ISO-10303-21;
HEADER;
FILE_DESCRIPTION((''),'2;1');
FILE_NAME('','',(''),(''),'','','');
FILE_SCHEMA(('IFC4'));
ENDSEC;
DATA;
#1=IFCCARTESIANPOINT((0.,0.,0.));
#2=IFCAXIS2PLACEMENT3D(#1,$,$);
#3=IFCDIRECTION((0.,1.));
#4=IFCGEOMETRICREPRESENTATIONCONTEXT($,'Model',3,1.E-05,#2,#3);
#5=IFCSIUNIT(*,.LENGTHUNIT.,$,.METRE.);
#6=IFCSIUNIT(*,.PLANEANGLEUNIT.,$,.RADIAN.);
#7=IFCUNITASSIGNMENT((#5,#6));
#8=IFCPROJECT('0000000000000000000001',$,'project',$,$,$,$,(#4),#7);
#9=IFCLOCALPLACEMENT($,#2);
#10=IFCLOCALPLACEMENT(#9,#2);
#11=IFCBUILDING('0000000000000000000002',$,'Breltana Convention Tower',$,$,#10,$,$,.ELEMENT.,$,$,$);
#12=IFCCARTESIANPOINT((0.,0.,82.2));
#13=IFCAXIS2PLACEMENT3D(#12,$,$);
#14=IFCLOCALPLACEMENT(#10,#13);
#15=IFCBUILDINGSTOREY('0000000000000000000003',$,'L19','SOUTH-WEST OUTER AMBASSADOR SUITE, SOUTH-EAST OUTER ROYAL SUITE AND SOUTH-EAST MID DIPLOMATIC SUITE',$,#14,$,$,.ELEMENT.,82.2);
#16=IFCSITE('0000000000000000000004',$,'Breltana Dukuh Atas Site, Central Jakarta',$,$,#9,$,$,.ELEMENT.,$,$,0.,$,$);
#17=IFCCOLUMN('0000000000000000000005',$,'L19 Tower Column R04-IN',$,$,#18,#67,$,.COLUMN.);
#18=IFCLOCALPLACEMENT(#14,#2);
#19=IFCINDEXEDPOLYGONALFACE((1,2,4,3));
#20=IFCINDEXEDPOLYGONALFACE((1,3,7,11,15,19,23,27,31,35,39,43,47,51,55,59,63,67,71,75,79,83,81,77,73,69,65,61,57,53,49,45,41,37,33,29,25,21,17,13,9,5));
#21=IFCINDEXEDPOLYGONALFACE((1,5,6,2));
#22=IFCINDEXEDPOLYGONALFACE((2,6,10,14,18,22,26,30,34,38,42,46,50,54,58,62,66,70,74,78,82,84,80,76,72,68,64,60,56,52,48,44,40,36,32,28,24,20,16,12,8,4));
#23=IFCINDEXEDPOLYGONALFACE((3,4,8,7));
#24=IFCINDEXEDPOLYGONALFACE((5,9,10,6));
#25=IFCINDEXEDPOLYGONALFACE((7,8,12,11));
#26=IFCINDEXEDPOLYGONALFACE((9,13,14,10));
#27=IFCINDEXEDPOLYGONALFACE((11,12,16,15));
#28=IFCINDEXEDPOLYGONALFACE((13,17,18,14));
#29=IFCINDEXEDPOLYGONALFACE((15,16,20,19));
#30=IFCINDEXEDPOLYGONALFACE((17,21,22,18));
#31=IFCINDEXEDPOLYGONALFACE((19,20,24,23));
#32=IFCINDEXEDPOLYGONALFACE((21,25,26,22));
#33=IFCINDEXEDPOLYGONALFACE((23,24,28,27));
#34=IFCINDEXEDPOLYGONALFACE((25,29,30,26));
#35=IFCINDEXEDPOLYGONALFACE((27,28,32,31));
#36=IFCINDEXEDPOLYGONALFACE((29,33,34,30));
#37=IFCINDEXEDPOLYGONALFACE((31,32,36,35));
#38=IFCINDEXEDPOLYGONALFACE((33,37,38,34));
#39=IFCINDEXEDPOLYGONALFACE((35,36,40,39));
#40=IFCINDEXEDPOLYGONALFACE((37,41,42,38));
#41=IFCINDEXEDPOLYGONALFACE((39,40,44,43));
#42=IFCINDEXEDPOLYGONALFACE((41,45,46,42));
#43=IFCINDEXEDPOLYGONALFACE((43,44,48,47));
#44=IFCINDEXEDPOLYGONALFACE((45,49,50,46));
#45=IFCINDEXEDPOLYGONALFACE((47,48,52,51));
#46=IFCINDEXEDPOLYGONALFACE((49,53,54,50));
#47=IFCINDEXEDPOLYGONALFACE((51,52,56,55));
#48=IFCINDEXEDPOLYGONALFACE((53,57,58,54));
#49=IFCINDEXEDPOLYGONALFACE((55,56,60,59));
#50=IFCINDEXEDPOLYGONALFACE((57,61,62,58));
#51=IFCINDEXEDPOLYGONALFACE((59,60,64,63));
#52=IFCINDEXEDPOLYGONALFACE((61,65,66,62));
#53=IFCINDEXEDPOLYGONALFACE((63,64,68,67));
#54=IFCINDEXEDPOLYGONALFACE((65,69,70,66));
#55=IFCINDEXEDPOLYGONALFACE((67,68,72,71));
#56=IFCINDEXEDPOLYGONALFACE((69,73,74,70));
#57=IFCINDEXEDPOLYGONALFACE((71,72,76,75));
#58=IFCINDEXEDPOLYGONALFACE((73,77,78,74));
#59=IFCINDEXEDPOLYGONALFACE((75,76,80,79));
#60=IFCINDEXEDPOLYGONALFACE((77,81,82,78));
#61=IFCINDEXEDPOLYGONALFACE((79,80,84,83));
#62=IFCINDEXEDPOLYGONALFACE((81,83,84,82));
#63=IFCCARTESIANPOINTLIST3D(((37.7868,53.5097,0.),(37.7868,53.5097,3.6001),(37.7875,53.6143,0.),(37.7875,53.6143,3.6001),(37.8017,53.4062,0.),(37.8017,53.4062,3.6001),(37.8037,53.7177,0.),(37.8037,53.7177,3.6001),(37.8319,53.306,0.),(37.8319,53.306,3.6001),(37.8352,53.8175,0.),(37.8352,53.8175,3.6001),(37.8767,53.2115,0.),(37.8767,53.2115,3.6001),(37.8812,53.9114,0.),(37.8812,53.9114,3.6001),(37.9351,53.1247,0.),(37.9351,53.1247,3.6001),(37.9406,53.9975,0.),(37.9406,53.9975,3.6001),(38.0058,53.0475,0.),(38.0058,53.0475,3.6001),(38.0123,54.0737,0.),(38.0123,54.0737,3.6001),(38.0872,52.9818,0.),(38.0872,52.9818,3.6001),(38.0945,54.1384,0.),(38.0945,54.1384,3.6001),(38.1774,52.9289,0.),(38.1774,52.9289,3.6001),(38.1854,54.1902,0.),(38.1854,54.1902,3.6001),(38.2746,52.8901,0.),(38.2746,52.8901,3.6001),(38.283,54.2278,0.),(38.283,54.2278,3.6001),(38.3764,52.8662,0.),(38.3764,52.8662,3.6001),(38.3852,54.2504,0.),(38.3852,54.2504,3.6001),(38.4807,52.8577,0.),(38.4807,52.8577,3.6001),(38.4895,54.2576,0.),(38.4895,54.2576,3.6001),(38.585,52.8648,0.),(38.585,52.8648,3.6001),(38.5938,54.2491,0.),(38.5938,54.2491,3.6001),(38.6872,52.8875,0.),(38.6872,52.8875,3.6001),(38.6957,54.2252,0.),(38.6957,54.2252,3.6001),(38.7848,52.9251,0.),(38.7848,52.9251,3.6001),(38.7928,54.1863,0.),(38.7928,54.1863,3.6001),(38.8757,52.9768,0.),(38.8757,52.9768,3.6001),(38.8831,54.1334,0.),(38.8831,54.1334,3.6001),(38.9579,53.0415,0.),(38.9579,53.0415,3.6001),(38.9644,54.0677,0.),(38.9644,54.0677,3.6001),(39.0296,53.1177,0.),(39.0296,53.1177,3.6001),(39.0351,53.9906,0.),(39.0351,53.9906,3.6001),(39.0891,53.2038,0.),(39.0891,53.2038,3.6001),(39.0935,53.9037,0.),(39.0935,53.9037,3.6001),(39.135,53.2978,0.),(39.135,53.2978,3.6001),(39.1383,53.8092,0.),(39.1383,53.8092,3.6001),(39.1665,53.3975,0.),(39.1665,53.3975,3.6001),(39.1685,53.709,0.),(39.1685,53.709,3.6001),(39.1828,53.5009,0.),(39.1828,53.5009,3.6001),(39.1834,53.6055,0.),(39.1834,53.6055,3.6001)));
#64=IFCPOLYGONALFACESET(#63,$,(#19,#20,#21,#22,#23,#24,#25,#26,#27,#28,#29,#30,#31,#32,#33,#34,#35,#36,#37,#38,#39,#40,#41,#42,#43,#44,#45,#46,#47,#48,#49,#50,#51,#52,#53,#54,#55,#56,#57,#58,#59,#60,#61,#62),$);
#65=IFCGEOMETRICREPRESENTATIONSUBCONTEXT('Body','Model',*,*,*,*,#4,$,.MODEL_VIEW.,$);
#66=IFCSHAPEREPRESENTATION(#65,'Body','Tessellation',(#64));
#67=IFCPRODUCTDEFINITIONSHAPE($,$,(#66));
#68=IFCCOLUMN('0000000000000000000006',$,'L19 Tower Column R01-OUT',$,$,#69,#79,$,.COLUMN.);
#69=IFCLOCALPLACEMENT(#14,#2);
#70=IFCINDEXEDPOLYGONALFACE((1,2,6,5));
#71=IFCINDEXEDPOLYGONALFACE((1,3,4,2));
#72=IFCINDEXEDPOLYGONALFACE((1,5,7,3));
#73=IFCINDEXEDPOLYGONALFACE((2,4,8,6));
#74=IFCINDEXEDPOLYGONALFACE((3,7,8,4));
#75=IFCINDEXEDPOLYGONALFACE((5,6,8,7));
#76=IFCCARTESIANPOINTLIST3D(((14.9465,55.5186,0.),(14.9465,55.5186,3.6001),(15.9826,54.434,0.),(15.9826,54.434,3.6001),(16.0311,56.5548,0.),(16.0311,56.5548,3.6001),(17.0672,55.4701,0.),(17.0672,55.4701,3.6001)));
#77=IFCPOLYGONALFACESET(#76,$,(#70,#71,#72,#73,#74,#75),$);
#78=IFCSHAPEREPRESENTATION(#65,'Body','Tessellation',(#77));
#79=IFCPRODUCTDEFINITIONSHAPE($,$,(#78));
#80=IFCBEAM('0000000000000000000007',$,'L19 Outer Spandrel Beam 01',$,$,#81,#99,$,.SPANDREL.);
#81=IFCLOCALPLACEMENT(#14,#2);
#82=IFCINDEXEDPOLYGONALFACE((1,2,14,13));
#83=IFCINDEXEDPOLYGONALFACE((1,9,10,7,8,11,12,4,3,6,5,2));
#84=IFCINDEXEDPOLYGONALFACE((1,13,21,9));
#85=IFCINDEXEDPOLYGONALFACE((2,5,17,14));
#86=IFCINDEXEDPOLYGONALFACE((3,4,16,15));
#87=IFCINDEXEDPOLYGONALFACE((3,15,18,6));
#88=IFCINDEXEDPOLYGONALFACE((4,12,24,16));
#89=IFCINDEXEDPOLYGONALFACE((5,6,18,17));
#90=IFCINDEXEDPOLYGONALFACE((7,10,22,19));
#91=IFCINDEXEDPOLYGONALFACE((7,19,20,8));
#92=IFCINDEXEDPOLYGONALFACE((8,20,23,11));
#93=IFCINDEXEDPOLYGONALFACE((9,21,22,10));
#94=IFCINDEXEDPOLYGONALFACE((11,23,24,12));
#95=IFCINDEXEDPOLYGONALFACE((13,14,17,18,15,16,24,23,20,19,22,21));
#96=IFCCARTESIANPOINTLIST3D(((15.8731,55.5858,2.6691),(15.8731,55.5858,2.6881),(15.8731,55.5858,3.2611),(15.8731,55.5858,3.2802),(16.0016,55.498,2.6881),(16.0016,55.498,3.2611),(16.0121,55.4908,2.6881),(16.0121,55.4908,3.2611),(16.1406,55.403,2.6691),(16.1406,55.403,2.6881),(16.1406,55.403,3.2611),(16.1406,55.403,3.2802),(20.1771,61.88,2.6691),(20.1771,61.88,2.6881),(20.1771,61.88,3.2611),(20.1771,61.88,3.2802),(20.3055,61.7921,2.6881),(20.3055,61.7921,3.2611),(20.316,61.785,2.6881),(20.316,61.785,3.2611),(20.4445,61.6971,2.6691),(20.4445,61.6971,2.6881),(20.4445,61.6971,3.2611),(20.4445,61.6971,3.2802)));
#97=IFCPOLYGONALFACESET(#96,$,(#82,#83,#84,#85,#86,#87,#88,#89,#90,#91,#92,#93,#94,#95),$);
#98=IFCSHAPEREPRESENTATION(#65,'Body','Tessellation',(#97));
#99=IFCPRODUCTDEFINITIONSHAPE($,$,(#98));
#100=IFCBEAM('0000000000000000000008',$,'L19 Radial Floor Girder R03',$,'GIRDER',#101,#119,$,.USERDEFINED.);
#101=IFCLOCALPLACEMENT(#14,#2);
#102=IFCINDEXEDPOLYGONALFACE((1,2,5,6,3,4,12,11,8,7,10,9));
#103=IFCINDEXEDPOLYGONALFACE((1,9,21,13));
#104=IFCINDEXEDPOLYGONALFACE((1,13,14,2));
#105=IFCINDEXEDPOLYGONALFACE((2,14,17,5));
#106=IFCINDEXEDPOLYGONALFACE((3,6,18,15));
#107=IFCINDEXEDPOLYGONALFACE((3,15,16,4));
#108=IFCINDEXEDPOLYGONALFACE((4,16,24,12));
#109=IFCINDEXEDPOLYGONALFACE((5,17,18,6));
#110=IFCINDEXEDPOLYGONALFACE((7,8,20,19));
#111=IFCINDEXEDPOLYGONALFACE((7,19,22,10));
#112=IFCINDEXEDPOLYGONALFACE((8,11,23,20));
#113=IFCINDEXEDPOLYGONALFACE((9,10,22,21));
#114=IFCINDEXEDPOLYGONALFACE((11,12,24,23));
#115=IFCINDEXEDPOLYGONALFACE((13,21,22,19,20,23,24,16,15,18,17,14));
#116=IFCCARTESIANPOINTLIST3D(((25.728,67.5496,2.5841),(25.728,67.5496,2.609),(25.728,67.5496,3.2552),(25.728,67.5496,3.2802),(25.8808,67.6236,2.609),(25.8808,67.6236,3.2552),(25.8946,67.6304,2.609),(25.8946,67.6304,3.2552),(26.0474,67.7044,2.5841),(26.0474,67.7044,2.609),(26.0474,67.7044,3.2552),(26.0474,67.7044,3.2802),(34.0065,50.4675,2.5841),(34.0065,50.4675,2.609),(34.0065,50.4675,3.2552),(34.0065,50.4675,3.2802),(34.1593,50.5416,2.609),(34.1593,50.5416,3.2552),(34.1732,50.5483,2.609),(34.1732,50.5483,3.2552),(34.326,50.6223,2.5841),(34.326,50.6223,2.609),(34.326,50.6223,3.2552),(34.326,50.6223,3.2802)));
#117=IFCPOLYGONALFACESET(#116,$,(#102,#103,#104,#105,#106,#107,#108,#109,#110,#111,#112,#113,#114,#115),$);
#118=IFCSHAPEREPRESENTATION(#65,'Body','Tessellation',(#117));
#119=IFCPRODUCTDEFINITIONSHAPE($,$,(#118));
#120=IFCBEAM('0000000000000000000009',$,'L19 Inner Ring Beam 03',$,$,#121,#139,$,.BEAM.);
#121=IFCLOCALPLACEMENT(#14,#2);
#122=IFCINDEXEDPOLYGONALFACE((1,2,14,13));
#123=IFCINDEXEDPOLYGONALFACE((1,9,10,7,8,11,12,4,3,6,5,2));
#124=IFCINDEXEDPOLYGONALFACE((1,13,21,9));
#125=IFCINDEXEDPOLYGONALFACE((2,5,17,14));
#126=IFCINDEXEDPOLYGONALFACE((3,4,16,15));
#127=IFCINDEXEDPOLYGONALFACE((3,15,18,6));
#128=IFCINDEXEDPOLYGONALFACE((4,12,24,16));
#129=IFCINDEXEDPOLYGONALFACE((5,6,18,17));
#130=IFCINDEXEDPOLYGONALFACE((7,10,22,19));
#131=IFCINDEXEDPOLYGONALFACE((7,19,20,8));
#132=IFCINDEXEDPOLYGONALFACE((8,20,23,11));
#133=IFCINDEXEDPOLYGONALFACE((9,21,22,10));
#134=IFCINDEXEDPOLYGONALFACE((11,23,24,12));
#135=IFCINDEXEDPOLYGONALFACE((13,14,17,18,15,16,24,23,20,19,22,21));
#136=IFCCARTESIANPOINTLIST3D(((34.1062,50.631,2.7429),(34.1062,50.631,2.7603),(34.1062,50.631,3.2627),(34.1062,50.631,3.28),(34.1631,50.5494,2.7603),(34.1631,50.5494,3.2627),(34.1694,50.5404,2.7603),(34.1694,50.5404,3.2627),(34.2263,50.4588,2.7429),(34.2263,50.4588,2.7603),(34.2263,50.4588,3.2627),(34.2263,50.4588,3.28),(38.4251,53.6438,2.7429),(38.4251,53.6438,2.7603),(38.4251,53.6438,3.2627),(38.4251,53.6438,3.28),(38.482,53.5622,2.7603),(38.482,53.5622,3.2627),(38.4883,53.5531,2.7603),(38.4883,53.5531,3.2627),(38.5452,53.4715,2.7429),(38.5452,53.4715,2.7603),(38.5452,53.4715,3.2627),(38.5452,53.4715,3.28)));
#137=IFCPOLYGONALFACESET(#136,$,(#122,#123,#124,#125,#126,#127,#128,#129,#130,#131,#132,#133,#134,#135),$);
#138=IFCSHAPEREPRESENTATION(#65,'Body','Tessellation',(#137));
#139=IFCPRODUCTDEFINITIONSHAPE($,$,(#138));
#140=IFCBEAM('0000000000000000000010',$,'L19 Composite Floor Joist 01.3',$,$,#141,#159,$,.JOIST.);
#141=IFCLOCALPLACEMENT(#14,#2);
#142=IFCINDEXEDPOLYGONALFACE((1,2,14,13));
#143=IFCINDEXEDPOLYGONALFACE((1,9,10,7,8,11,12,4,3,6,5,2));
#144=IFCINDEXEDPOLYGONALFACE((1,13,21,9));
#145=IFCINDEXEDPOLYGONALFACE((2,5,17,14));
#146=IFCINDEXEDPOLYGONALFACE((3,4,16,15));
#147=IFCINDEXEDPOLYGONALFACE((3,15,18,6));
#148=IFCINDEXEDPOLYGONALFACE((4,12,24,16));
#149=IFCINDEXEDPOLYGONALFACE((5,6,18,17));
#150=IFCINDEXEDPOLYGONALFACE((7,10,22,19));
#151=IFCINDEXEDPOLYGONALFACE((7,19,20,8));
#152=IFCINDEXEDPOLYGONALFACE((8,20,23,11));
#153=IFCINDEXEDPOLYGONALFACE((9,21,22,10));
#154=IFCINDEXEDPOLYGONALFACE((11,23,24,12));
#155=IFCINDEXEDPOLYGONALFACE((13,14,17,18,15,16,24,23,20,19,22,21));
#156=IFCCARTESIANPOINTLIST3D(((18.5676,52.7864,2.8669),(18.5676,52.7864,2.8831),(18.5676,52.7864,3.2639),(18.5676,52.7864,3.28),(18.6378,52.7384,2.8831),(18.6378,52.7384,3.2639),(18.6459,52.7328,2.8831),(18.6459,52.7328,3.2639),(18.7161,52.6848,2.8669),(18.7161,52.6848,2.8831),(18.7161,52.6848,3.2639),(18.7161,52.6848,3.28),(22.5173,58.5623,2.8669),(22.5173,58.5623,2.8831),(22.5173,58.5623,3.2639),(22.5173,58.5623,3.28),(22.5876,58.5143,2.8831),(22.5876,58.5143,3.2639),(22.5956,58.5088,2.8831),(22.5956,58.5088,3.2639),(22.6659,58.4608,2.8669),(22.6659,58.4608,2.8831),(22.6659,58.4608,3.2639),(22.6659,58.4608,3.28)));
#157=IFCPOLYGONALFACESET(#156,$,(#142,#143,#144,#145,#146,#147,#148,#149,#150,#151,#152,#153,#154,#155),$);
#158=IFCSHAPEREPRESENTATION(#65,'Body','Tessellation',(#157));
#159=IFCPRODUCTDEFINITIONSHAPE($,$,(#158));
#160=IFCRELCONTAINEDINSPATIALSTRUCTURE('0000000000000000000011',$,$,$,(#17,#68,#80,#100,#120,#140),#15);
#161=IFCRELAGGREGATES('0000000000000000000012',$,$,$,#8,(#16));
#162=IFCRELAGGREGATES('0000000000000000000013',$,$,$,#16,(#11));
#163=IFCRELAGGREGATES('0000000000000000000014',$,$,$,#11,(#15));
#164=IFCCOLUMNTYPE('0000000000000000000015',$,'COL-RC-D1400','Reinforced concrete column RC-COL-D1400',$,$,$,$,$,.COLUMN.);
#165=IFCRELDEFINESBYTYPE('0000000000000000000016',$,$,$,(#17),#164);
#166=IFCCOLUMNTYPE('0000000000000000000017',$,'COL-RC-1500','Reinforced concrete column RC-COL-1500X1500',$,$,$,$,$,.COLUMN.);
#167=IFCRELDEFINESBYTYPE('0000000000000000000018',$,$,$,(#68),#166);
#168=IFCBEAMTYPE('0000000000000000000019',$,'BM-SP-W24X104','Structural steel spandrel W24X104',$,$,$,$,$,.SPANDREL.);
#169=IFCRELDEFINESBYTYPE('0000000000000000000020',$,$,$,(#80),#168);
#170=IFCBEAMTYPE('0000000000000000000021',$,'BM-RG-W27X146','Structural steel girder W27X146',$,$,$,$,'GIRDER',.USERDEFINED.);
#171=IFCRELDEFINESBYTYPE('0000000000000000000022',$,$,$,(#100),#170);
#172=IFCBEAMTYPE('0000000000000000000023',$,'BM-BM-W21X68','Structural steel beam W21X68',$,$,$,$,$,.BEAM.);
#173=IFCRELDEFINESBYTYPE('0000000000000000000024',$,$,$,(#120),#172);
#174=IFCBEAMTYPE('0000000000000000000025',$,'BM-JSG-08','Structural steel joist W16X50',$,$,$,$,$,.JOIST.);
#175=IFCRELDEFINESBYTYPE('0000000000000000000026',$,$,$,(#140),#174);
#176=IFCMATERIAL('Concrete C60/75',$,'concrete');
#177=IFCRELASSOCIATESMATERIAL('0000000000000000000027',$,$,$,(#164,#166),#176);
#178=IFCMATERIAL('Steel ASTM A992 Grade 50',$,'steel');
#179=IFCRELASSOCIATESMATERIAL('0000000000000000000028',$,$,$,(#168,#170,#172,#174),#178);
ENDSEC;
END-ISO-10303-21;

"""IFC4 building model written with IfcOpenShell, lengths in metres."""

from ifc_helpers import new_model, si_unit, direction, frame, origin, origin_2d, place, context, subcontext, project, spatial, rectangle, circle, i_section, extrude, source, transform, mapped, material, material_profile, profile_set, type_object, type_shapes, element, save


model = new_model("IFC4")

# Units and contexts
model_context = context("Model", 3, precision=1e-05, world=origin(), true_north=direction((0.0, 1.0)))
body_context = subcontext(model_context, "Body", "Model", "MODEL_VIEW")
ifc_project = project(units=[si_unit("LENGTHUNIT", "METRE"), si_unit("PLANEANGLEUNIT", "RADIAN")], contexts=[model_context])

# Site, building, storey
site_placement = place(None, origin())
site = spatial("IfcSite", under=ifc_project, at=site_placement, Name="Breltana Dukuh Atas Site, Central Jakarta", CompositionType="ELEMENT", RefElevation=0.0)
building_placement = place(site_placement, origin())
building = spatial("IfcBuilding", under=site, at=building_placement, Name="Breltana Convention Tower", CompositionType="ELEMENT")
storey_placement = place(building_placement, frame((0.0, 0.0, 82.2)))
storey = spatial("IfcBuildingStorey", under=building, at=storey_placement, Name="L19", Description="SOUTH-WEST OUTER AMBASSADOR SUITE, SOUTH-EAST OUTER ROYAL SUITE AND SOUTH-EAST MID DIPLOMATIC SUITE", CompositionType="ELEMENT", Elevation=82.2)

# Columns
ifc_material_1 = material(Name="Concrete C60/75", Category="concrete")
ifc_material_profile_1 = material_profile(ifc_material_1, circle(Radius=0.7, at=origin_2d()), Name="RC-COL-D1400")
ifc_profile_set_1 = profile_set([ifc_material_profile_1], Name="Concrete C60/75")
column_type_1 = type_object("IfcColumnType", Name="COL-RC-D1400", Description="Reinforced concrete column RC-COL-D1400", PredefinedType="COLUMN", material=ifc_profile_set_1)
shared_shape_1 = source(origin(), body_context, "Body", "SweptSolid", [
    extrude(circle(Radius=0.7, at=origin_2d()), origin(), (0.0, 0.0, 1.0), 3.6001),
])
for number, where, z_axis, x_axis, name in (
    (1, (38.4851, 53.5576, 0.0), (0.0, 0.0, 1.0), (-0.288698, 0.95742, 0.0), "L19 Tower Column R04-IN"),
):
    element("IfcColumn", number, at=place(storey_placement, frame(where, z_axis=z_axis, x_axis=x_axis)), inside=storey, type_object=column_type_1, Name=name, PredefinedType="COLUMN", context=body_context, shape_type="MappedRepresentation", body=[
        mapped(shared_shape_1, transform((0.0, 0.0, 0.0), scale=1.0)),
    ])
ifc_material_profile_2 = material_profile(ifc_material_1, rectangle(XDim=1.5, YDim=1.5, at=origin_2d()), Name="RC-COL-1500X1500")
ifc_profile_set_2 = profile_set([ifc_material_profile_2], Name="Concrete C60/75")
column_type_2 = type_object("IfcColumnType", Name="COL-RC-1500", Description="Reinforced concrete column RC-COL-1500X1500", PredefinedType="COLUMN", material=ifc_profile_set_2)
shared_shape_2 = source(origin(), body_context, "Body", "SweptSolid", [
    extrude(rectangle(XDim=1.5, YDim=1.5, at=origin_2d()), origin(), (0.0, 0.0, 1.0), 3.6001),
])
column_placement = place(storey_placement, frame((16.0068, 55.4944, 0.0), z_axis=(0.0, 0.0, 1.0), x_axis=(-0.690756, 0.723088, 0.0)))
element("IfcColumn", 2, at=column_placement, inside=storey, type_object=column_type_2, Name="L19 Tower Column R01-OUT", PredefinedType="COLUMN", context=body_context, shape_type="MappedRepresentation", body=[
    mapped(shared_shape_2, transform((0.0, 0.0, 0.0), scale=1.0)),
])

# Beams
ifc_material_2 = material(Name="Steel ASTM A992 Grade 50", Category="steel")
ifc_material_profile_3 = material_profile(ifc_material_2, i_section(OverallWidth=0.324, OverallDepth=0.6111, WebThickness=0.0127, FlangeThickness=0.019, at=origin_2d()), Name="W24X104")
ifc_profile_set_3 = profile_set([ifc_material_profile_3], Name="Steel ASTM A992 Grade 50")
beam_type_1 = type_object("IfcBeamType", Name="BM-SP-W24X104", Description="Structural steel spandrel W24X104", PredefinedType="SPANDREL", material=ifc_profile_set_3)
shared_shape_3 = source(origin(), body_context, "Body", "SweptSolid", [
    extrude(i_section(OverallWidth=0.324, OverallDepth=0.6111, WebThickness=0.0127, FlangeThickness=0.019, at=origin_2d()), origin(), (0.0, 0.0, 1.0), 7.625),
])
type_shapes(beam_type_1, [shared_shape_3])
beam_1_placement = place(storey_placement, frame((16.0068, 55.4944, 2.9746), z_axis=(0.564452, 0.825466, 0.0), x_axis=(-0.825466, 0.564452, 0.0)))
element("IfcBeam", 3, at=beam_1_placement, inside=storey, type_object=beam_type_1, Name="L19 Outer Spandrel Beam 01", PredefinedType="SPANDREL", context=body_context, shape_type="MappedRepresentation", body=[
    mapped(shared_shape_3, transform((0.0, 0.0, 0.0), scale=1.0)),
])
ifc_material_profile_4 = material_profile(ifc_material_2, i_section(OverallWidth=0.355, OverallDepth=0.696, WebThickness=0.0154, FlangeThickness=0.0249, at=origin_2d()), Name="W27X146")
ifc_profile_set_4 = profile_set([ifc_material_profile_4], Name="Steel ASTM A992 Grade 50")
beam_type_2 = type_object("IfcBeamType", Name="BM-RG-W27X146", Description="Structural steel girder W27X146", ElementType="GIRDER", PredefinedType="USERDEFINED", material=ifc_profile_set_4)
shared_shape_4 = source(origin(), body_context, "Body", "SweptSolid", [
    extrude(i_section(OverallWidth=0.355, OverallDepth=0.696, WebThickness=0.0154, FlangeThickness=0.0249, at=origin_2d()), origin(), (0.0, 0.0, 1.0), 18.9824),
])
beam_2_placement = place(storey_placement, frame((34.1663, 50.5449, 2.9321), z_axis=(-0.436119, 0.899889, 0.0), x_axis=(-0.899889, -0.436119, 0.0)))
element("IfcBeam", 4, at=beam_2_placement, inside=storey, type_object=beam_type_2, Name="L19 Radial Floor Girder R03", ObjectType="GIRDER", PredefinedType="USERDEFINED", context=body_context, shape_type="MappedRepresentation", body=[
    mapped(shared_shape_4, transform((0.0, 0.0, 0.0), scale=1.0)),
])
ifc_material_profile_5 = material_profile(ifc_material_2, i_section(OverallWidth=0.21, OverallDepth=0.5371, WebThickness=0.011, FlangeThickness=0.0173, at=origin_2d()), Name="W21X68")
ifc_profile_set_5 = profile_set([ifc_material_profile_5], Name="Steel ASTM A992 Grade 50")
beam_type_3 = type_object("IfcBeamType", Name="BM-BM-W21X68", Description="Structural steel beam W21X68", PredefinedType="BEAM", material=ifc_profile_set_5)
shared_shape_5 = source(origin(), body_context, "Body", "SweptSolid", [
    extrude(i_section(OverallWidth=0.21, OverallDepth=0.5371, WebThickness=0.011, FlangeThickness=0.0173, at=origin_2d()), origin(), (0.0, 0.0, 1.0), 5.2659),
])
beam_3_placement = place(storey_placement, frame((34.1663, 50.5449, 3.0115), z_axis=(0.820167, 0.572124, 0.0), x_axis=(-0.572124, 0.820167, 0.0)))
element("IfcBeam", 5, at=beam_3_placement, inside=storey, type_object=beam_type_3, Name="L19 Inner Ring Beam 03", PredefinedType="BEAM", context=body_context, shape_type="MappedRepresentation", body=[
    mapped(shared_shape_5, transform((0.0, 0.0, 0.0), scale=1.0)),
])
ifc_material_profile_6 = material_profile(ifc_material_2, i_section(OverallWidth=0.1799, OverallDepth=0.4131, WebThickness=0.0098, FlangeThickness=0.0161, at=origin_2d()), Name="W16X50")
ifc_profile_set_6 = profile_set([ifc_material_profile_6], Name="Steel ASTM A992 Grade 50")
beam_type_4 = type_object("IfcBeamType", Name="BM-JSG-08", Description="Structural steel joist W16X50", PredefinedType="JOIST", material=ifc_profile_set_6)
shared_shape_6 = source(origin(), body_context, "Body", "SweptSolid", [
    extrude(i_section(OverallWidth=0.1799, OverallDepth=0.4131, WebThickness=0.0098, FlangeThickness=0.0161, at=origin_2d()), origin(), (0.0, 0.0, 1.0), 6.9973),
])
beam_4_placement = place(storey_placement, frame((18.6418, 52.7356, 3.0735), z_axis=(0.564469, 0.825454, 0.0), x_axis=(-0.825454, 0.564469, 0.0)))
element("IfcBeam", 6, at=beam_4_placement, inside=storey, type_object=beam_type_4, Name="L19 Composite Floor Joist 01.3", PredefinedType="JOIST", context=body_context, shape_type="MappedRepresentation", body=[
    mapped(shared_shape_6, transform((0.0, 0.0, 0.0), scale=1.0)),
])

save(model, "model.ifc")
